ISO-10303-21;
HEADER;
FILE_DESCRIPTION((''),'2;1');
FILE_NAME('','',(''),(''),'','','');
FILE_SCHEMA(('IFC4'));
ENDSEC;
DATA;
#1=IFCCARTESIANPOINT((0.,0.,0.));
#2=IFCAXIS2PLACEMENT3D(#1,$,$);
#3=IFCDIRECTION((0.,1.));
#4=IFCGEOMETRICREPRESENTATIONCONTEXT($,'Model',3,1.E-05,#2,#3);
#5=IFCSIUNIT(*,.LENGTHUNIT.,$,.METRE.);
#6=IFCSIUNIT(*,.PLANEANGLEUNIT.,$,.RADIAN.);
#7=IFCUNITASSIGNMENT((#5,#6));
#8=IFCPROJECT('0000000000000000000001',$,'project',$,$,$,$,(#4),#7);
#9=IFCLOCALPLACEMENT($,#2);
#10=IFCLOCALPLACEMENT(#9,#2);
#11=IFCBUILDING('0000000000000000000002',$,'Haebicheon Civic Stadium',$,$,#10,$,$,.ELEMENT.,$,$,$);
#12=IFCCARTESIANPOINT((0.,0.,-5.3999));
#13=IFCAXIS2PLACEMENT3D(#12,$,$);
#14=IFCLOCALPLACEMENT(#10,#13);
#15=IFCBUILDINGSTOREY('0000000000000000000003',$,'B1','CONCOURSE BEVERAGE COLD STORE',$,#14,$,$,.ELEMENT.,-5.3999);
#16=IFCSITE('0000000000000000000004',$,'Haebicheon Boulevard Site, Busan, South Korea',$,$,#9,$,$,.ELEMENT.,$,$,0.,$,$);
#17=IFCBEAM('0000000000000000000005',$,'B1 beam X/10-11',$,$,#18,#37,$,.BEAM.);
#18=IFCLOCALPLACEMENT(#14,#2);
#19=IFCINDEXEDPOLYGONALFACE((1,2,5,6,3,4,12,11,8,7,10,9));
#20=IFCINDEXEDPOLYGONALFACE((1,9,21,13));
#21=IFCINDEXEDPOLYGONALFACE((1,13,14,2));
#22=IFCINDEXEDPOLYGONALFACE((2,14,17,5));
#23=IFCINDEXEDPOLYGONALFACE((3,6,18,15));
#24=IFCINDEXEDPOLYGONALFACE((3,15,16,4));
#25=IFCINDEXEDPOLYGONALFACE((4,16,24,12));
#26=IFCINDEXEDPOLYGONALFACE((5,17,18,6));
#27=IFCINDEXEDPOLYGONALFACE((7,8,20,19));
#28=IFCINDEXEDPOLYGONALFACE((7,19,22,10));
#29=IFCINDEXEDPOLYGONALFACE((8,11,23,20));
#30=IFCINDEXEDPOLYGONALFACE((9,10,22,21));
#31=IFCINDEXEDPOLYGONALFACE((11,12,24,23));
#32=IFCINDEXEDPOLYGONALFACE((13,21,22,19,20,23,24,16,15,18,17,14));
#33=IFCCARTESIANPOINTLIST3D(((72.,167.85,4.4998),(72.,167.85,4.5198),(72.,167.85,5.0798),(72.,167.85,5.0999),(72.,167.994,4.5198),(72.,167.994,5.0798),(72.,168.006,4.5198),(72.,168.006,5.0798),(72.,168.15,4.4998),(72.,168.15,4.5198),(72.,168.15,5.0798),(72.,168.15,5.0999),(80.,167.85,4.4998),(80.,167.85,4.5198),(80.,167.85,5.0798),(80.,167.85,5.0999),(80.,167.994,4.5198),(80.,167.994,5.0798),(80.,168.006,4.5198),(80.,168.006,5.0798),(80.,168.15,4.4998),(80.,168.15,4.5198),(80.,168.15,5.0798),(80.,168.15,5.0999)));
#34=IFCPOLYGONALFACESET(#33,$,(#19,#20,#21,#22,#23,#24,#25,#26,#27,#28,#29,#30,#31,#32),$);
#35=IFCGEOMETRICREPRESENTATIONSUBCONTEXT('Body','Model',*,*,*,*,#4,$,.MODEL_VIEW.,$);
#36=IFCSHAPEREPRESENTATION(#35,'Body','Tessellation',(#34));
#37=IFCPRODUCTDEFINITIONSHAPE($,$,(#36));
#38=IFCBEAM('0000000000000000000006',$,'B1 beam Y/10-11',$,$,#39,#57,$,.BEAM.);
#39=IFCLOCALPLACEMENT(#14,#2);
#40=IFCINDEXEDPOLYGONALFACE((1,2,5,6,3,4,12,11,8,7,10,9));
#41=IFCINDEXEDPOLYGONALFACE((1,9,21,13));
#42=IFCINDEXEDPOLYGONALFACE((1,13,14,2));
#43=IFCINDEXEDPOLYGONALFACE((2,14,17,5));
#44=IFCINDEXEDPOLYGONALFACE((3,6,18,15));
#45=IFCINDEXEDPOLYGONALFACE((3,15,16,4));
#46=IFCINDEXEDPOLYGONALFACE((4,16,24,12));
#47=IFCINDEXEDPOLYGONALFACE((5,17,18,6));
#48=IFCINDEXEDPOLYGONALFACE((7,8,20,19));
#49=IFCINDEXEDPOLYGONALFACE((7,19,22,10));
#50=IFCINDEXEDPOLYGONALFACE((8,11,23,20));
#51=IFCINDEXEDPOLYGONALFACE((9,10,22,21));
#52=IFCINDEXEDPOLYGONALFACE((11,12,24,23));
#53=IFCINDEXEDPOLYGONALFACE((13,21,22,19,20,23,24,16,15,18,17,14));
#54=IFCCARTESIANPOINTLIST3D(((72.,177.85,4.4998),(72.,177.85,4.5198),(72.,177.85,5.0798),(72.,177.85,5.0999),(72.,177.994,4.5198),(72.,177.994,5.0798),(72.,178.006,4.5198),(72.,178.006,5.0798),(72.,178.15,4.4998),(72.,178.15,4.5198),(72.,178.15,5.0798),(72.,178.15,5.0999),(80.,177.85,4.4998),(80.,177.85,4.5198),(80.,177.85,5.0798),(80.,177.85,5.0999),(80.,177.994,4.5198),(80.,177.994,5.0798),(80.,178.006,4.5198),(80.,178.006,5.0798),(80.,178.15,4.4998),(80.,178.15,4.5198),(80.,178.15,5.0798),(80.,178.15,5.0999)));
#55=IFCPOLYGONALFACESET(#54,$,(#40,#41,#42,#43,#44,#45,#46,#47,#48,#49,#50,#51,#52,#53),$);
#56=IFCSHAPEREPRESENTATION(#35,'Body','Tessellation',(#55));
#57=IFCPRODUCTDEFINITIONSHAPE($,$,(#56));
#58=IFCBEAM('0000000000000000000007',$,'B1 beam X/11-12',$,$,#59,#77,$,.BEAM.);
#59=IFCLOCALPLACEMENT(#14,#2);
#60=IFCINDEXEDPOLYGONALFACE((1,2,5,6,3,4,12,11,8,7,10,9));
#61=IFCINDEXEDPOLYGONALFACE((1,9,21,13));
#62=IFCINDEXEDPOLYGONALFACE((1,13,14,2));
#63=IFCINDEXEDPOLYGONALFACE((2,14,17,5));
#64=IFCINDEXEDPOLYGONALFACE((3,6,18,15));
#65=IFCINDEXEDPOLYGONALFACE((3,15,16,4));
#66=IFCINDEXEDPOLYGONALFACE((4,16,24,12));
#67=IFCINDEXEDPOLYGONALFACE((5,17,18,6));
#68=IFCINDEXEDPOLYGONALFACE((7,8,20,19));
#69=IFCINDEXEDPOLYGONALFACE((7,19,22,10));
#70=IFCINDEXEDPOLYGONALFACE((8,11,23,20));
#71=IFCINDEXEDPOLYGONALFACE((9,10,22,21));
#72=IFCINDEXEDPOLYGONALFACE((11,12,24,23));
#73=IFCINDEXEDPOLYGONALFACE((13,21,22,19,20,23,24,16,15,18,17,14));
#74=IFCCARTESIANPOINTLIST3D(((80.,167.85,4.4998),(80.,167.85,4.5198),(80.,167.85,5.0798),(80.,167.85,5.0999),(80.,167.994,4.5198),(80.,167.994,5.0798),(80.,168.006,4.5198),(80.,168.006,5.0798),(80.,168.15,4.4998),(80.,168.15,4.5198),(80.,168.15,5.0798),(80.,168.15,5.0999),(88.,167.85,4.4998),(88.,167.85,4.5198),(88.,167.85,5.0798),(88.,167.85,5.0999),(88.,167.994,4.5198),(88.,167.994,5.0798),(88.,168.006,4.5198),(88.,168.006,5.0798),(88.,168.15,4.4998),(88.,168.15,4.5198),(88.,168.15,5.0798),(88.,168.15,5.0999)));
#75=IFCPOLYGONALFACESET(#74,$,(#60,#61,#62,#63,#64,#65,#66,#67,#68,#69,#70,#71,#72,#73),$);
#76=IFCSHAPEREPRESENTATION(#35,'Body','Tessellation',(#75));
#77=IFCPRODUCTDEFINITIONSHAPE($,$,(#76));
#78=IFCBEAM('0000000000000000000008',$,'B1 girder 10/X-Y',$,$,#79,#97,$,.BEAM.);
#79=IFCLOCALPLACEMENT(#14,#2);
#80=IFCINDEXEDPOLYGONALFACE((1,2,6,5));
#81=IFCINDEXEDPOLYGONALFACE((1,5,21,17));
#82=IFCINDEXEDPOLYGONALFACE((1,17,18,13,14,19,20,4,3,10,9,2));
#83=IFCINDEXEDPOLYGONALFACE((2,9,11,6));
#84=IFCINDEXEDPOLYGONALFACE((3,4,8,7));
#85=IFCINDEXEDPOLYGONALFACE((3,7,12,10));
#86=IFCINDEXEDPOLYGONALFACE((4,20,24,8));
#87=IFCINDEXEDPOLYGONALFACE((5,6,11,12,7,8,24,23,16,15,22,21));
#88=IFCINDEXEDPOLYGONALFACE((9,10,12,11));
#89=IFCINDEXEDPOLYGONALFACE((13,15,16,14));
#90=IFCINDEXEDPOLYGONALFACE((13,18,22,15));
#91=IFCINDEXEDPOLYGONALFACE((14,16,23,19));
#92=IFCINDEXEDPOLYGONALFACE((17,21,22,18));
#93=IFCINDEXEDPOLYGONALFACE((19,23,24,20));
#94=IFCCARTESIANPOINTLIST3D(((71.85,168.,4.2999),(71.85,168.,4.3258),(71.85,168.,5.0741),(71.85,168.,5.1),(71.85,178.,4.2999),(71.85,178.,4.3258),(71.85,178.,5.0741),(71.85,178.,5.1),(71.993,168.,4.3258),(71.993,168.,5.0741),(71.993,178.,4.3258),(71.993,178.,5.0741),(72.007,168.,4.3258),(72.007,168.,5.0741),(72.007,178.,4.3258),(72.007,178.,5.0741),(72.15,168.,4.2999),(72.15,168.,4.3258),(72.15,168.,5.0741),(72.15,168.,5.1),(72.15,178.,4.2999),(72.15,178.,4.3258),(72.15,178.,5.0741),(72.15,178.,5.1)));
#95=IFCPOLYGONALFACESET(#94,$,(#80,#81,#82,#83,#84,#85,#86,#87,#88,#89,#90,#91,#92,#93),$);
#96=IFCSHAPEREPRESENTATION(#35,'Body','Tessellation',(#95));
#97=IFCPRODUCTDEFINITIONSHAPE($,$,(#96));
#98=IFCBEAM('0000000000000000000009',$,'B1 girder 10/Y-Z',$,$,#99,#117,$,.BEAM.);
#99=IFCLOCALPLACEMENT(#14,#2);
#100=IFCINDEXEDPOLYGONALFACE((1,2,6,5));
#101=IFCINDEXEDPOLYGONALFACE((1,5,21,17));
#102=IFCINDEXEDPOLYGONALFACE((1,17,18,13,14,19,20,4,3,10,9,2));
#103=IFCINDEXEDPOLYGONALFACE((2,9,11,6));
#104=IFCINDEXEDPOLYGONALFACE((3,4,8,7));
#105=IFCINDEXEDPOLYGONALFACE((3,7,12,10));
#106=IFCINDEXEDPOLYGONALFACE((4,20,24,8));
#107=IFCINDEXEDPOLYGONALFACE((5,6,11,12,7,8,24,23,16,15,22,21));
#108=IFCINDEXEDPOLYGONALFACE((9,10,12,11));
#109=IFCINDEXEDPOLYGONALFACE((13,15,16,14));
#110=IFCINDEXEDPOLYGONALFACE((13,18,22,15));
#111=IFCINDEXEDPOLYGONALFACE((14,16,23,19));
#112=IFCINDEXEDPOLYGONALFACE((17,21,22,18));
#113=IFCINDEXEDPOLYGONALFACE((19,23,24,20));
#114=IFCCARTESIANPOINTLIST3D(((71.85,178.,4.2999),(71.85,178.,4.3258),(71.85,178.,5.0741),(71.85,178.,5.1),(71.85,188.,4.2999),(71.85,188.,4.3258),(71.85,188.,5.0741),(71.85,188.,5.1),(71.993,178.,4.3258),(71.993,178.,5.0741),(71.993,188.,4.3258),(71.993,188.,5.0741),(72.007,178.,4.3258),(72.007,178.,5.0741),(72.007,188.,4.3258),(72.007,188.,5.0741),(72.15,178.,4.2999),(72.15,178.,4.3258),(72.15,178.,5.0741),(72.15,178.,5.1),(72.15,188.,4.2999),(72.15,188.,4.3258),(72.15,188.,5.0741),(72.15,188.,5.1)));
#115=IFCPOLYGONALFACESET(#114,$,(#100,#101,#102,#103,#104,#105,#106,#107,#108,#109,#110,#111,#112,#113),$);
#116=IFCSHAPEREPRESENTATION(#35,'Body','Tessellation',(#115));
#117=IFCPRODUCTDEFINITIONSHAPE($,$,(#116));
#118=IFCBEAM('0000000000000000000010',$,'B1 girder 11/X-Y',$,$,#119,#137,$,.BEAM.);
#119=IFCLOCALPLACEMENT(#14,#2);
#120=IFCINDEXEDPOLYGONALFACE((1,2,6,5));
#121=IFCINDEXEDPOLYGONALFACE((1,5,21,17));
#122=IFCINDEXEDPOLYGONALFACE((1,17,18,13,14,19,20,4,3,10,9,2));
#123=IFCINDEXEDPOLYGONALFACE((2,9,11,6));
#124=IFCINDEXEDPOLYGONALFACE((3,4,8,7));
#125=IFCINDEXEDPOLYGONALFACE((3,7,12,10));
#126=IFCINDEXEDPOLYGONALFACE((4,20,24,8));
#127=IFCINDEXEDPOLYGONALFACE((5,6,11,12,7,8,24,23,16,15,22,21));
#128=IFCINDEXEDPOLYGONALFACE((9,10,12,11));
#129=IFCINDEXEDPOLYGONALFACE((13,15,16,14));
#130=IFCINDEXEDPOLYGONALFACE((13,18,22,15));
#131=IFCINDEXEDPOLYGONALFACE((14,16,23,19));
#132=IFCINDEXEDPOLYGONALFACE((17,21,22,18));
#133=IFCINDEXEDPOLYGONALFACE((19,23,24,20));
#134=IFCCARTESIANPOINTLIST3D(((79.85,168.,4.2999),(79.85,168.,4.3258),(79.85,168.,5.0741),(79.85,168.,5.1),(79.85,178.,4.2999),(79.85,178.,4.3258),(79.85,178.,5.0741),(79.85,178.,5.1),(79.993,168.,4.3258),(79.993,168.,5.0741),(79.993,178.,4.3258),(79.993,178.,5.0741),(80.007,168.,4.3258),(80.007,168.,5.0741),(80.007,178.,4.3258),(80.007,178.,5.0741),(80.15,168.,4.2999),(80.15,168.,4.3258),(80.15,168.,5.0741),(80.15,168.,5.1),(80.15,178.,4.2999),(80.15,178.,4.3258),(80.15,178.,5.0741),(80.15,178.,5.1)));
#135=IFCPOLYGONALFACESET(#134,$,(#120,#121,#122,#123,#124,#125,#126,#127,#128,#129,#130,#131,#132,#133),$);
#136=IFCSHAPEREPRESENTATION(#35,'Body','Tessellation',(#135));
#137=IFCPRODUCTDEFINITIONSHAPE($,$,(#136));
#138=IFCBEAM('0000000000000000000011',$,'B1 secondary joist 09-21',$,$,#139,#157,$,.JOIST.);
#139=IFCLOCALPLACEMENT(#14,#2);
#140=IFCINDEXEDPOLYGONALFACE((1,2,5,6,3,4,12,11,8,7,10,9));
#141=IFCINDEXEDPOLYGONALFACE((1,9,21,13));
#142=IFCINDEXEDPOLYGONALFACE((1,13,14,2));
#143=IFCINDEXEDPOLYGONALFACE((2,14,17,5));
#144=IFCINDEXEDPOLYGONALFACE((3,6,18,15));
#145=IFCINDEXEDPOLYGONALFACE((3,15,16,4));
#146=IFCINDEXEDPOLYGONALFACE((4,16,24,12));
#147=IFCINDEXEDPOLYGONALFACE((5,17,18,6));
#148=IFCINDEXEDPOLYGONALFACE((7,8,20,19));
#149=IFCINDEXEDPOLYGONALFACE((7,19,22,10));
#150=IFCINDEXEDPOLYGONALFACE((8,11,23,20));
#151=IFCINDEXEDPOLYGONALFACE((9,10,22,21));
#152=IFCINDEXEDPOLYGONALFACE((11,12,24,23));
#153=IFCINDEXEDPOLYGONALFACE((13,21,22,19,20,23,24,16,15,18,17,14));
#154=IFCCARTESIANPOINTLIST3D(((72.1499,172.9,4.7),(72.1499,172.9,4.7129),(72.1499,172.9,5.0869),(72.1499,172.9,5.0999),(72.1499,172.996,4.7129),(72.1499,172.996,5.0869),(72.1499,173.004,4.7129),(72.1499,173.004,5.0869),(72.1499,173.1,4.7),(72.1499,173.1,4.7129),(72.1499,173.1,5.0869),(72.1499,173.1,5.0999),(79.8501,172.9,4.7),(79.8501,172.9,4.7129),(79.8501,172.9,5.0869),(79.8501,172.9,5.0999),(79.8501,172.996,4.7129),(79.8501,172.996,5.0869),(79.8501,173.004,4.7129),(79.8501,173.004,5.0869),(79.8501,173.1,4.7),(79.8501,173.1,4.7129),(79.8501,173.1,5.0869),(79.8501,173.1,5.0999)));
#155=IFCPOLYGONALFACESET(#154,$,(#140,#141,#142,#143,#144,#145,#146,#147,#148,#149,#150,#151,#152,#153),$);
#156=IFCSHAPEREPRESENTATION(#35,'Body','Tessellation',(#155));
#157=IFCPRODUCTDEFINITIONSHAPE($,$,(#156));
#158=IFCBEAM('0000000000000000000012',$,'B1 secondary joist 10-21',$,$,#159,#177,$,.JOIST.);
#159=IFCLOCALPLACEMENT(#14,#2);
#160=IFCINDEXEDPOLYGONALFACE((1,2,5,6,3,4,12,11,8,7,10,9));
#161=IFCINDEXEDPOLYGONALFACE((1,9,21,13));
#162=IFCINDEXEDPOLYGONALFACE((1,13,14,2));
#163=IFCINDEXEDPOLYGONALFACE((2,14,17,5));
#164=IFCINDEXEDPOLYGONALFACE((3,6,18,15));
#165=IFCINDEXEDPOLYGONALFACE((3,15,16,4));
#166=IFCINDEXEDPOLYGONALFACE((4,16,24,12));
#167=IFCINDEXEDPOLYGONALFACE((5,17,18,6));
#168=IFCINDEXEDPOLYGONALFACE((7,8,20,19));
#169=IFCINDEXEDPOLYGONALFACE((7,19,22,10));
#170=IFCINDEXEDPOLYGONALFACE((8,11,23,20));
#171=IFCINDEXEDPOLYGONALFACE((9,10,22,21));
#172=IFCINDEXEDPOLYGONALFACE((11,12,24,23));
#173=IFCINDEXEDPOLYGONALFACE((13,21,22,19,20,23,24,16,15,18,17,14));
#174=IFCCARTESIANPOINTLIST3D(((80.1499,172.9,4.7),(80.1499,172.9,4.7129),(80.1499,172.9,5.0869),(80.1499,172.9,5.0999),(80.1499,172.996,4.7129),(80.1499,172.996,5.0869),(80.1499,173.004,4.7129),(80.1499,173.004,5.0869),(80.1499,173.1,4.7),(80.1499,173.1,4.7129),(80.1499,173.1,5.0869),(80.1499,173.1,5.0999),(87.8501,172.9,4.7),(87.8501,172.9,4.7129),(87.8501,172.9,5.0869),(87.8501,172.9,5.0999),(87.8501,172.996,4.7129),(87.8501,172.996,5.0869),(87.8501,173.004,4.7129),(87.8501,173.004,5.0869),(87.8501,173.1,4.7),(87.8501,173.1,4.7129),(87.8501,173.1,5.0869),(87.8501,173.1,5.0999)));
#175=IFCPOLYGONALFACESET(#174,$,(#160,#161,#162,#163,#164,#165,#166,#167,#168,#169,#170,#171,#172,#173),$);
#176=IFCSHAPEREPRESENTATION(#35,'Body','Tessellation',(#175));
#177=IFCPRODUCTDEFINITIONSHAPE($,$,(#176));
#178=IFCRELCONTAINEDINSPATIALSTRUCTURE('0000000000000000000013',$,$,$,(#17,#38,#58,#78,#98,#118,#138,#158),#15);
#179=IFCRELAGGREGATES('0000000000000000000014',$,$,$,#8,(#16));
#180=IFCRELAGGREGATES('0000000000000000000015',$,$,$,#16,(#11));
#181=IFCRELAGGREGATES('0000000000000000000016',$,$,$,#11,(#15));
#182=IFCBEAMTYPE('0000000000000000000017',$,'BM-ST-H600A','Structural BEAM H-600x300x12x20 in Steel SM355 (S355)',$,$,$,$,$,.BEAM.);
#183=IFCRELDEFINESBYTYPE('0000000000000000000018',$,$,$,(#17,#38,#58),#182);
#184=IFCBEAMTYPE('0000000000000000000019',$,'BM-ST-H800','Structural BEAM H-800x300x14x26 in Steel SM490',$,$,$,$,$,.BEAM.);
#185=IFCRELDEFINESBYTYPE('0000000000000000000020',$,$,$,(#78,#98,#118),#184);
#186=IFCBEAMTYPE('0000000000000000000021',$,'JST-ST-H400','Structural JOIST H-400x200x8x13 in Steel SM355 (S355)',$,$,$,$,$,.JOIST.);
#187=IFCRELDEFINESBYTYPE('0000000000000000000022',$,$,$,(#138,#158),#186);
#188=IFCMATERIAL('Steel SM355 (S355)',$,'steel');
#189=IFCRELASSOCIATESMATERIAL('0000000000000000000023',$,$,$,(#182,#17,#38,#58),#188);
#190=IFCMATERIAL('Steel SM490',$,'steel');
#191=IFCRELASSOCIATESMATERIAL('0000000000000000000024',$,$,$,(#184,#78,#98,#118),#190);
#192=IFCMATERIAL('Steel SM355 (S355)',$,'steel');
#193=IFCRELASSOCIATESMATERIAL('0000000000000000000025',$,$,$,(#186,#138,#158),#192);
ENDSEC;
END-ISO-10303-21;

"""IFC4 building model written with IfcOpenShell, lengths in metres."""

from ifc_helpers import new_model, si_unit, direction, frame, origin, origin_2d, place, context, subcontext, project, spatial, i_section, extrude, material, material_profile, profile_set, type_object, element, save


model = new_model("IFC4")

# Units and contexts
model_context = context("Model", 3, precision=1e-05, world=origin(), true_north=direction((0.0, 1.0)))
body_context = subcontext(model_context, "Body", "Model", "MODEL_VIEW")
ifc_project = project(units=[si_unit("LENGTHUNIT", "METRE"), si_unit("PLANEANGLEUNIT", "RADIAN")], contexts=[model_context])

# Site, building, storey
site_placement = place(None, origin())
site = spatial("IfcSite", under=ifc_project, at=site_placement, Name="Haebicheon Boulevard Site, Busan, South Korea", CompositionType="ELEMENT", RefElevation=0.0)
building_placement = place(site_placement, origin())
building = spatial("IfcBuilding", under=site, at=building_placement, Name="Haebicheon Civic Stadium", CompositionType="ELEMENT")
storey_placement = place(building_placement, frame((0.0, 0.0, -5.3999)))
storey = spatial("IfcBuildingStorey", under=building, at=storey_placement, Name="B1", Description="CONCOURSE BEVERAGE COLD STORE", CompositionType="ELEMENT", Elevation=-5.3999)

# Beams
ifc_material_1 = material(Name="Steel SM355 (S355)", Category="steel")
ifc_material_profile_1 = material_profile(ifc_material_1, i_section(OverallWidth=0.3, OverallDepth=0.6001, WebThickness=0.012, FlangeThickness=0.02, at=origin_2d()), Name="H-600x300x12x20")
ifc_profile_set_1 = profile_set([ifc_material_profile_1], Name="Steel SM355 (S355)")
beam_type_1 = type_object("IfcBeamType", Name="BM-ST-H600A", Description="Structural BEAM H-600x300x12x20 in Steel SM355 (S355)", PredefinedType="BEAM", material=ifc_profile_set_1)
for number, where, z_axis, x_axis, name in (
    (1, (72.0, 168.0, 4.7998), (1.0, 0.0, 0.0), (0.0, 1.0, 0.0), "B1 beam X/10-11"),
    (2, (72.0, 178.0, 4.7998), (1.0, 0.0, 0.0), (0.0, 1.0, 0.0), "B1 beam Y/10-11"),
    (3, (80.0, 168.0, 4.7998), (1.0, 0.0, 0.0), (0.0, 1.0, 0.0), "B1 beam X/11-12"),
):
    element("IfcBeam", number, at=place(storey_placement, frame(where, z_axis=z_axis, x_axis=x_axis)), inside=storey, type_object=beam_type_1, material=ifc_profile_set_1, Name=name, PredefinedType="BEAM", context=body_context, shape_type="SweptSolid", body=[
        extrude(i_section(OverallWidth=0.3, OverallDepth=0.6001, WebThickness=0.012, FlangeThickness=0.02, at=origin_2d()), origin(), (0.0, 0.0, 1.0), 8.0),
    ])
ifc_material_2 = material(Name="Steel SM490", Category="steel")
ifc_material_profile_2 = material_profile(ifc_material_2, i_section(OverallWidth=0.3, OverallDepth=0.8, WebThickness=0.0139, FlangeThickness=0.0259, at=origin_2d()), Name="H-800x300x14x26")
ifc_profile_set_2 = profile_set([ifc_material_profile_2], Name="Steel SM490")
beam_type_2 = type_object("IfcBeamType", Name="BM-ST-H800", Description="Structural BEAM H-800x300x14x26 in Steel SM490", PredefinedType="BEAM", material=ifc_profile_set_2)
for number, where, z_axis, x_axis, name in (
    (4, (72.0, 168.0, 4.7), (0.0, 1.0, 0.0), (-1.0, 0.0, 0.0), "B1 girder 10/X-Y"),
    (5, (72.0, 178.0, 4.7), (0.0, 1.0, 0.0), (-1.0, 0.0, 0.0), "B1 girder 10/Y-Z"),
    (6, (80.0, 168.0, 4.7), (0.0, 1.0, 0.0), (-1.0, 0.0, 0.0), "B1 girder 11/X-Y"),
):
    element("IfcBeam", number, at=place(storey_placement, frame(where, z_axis=z_axis, x_axis=x_axis)), inside=storey, type_object=beam_type_2, material=ifc_profile_set_2, Name=name, PredefinedType="BEAM", context=body_context, shape_type="SweptSolid", body=[
        extrude(i_section(OverallWidth=0.3, OverallDepth=0.8, WebThickness=0.0139, FlangeThickness=0.0259, at=origin_2d()), origin(), (0.0, 0.0, 1.0), 10.0),
    ])
ifc_material_3 = material(Name="Steel SM355 (S355)", Category="steel")
ifc_material_profile_3 = material_profile(ifc_material_3, i_section(OverallWidth=0.2, OverallDepth=0.3999, WebThickness=0.0081, FlangeThickness=0.0129, at=origin_2d()), Name="H-400x200x8x13")
ifc_profile_set_3 = profile_set([ifc_material_profile_3], Name="Steel SM355 (S355)")
beam_type_3 = type_object("IfcBeamType", Name="JST-ST-H400", Description="Structural JOIST H-400x200x8x13 in Steel SM355 (S355)", PredefinedType="JOIST", material=ifc_profile_set_3)
for number, where, z_axis, x_axis, name in (
    (7, (72.1499, 173.0, 4.8999), (1.0, 0.0, 0.0), (0.0, 1.0, 0.0), "B1 secondary joist 09-21"),
    (8, (80.1499, 173.0, 4.8999), (1.0, 0.0, 0.0), (0.0, 1.0, 0.0), "B1 secondary joist 10-21"),
):
    element("IfcBeam", number, at=place(storey_placement, frame(where, z_axis=z_axis, x_axis=x_axis)), inside=storey, type_object=beam_type_3, material=ifc_profile_set_3, Name=name, PredefinedType="JOIST", context=body_context, shape_type="SweptSolid", body=[
        extrude(i_section(OverallWidth=0.2, OverallDepth=0.3999, WebThickness=0.0081, FlangeThickness=0.0129, at=origin_2d()), origin(), (0.0, 0.0, 1.0), 7.7002),
    ])

save(model, "model.ifc")
